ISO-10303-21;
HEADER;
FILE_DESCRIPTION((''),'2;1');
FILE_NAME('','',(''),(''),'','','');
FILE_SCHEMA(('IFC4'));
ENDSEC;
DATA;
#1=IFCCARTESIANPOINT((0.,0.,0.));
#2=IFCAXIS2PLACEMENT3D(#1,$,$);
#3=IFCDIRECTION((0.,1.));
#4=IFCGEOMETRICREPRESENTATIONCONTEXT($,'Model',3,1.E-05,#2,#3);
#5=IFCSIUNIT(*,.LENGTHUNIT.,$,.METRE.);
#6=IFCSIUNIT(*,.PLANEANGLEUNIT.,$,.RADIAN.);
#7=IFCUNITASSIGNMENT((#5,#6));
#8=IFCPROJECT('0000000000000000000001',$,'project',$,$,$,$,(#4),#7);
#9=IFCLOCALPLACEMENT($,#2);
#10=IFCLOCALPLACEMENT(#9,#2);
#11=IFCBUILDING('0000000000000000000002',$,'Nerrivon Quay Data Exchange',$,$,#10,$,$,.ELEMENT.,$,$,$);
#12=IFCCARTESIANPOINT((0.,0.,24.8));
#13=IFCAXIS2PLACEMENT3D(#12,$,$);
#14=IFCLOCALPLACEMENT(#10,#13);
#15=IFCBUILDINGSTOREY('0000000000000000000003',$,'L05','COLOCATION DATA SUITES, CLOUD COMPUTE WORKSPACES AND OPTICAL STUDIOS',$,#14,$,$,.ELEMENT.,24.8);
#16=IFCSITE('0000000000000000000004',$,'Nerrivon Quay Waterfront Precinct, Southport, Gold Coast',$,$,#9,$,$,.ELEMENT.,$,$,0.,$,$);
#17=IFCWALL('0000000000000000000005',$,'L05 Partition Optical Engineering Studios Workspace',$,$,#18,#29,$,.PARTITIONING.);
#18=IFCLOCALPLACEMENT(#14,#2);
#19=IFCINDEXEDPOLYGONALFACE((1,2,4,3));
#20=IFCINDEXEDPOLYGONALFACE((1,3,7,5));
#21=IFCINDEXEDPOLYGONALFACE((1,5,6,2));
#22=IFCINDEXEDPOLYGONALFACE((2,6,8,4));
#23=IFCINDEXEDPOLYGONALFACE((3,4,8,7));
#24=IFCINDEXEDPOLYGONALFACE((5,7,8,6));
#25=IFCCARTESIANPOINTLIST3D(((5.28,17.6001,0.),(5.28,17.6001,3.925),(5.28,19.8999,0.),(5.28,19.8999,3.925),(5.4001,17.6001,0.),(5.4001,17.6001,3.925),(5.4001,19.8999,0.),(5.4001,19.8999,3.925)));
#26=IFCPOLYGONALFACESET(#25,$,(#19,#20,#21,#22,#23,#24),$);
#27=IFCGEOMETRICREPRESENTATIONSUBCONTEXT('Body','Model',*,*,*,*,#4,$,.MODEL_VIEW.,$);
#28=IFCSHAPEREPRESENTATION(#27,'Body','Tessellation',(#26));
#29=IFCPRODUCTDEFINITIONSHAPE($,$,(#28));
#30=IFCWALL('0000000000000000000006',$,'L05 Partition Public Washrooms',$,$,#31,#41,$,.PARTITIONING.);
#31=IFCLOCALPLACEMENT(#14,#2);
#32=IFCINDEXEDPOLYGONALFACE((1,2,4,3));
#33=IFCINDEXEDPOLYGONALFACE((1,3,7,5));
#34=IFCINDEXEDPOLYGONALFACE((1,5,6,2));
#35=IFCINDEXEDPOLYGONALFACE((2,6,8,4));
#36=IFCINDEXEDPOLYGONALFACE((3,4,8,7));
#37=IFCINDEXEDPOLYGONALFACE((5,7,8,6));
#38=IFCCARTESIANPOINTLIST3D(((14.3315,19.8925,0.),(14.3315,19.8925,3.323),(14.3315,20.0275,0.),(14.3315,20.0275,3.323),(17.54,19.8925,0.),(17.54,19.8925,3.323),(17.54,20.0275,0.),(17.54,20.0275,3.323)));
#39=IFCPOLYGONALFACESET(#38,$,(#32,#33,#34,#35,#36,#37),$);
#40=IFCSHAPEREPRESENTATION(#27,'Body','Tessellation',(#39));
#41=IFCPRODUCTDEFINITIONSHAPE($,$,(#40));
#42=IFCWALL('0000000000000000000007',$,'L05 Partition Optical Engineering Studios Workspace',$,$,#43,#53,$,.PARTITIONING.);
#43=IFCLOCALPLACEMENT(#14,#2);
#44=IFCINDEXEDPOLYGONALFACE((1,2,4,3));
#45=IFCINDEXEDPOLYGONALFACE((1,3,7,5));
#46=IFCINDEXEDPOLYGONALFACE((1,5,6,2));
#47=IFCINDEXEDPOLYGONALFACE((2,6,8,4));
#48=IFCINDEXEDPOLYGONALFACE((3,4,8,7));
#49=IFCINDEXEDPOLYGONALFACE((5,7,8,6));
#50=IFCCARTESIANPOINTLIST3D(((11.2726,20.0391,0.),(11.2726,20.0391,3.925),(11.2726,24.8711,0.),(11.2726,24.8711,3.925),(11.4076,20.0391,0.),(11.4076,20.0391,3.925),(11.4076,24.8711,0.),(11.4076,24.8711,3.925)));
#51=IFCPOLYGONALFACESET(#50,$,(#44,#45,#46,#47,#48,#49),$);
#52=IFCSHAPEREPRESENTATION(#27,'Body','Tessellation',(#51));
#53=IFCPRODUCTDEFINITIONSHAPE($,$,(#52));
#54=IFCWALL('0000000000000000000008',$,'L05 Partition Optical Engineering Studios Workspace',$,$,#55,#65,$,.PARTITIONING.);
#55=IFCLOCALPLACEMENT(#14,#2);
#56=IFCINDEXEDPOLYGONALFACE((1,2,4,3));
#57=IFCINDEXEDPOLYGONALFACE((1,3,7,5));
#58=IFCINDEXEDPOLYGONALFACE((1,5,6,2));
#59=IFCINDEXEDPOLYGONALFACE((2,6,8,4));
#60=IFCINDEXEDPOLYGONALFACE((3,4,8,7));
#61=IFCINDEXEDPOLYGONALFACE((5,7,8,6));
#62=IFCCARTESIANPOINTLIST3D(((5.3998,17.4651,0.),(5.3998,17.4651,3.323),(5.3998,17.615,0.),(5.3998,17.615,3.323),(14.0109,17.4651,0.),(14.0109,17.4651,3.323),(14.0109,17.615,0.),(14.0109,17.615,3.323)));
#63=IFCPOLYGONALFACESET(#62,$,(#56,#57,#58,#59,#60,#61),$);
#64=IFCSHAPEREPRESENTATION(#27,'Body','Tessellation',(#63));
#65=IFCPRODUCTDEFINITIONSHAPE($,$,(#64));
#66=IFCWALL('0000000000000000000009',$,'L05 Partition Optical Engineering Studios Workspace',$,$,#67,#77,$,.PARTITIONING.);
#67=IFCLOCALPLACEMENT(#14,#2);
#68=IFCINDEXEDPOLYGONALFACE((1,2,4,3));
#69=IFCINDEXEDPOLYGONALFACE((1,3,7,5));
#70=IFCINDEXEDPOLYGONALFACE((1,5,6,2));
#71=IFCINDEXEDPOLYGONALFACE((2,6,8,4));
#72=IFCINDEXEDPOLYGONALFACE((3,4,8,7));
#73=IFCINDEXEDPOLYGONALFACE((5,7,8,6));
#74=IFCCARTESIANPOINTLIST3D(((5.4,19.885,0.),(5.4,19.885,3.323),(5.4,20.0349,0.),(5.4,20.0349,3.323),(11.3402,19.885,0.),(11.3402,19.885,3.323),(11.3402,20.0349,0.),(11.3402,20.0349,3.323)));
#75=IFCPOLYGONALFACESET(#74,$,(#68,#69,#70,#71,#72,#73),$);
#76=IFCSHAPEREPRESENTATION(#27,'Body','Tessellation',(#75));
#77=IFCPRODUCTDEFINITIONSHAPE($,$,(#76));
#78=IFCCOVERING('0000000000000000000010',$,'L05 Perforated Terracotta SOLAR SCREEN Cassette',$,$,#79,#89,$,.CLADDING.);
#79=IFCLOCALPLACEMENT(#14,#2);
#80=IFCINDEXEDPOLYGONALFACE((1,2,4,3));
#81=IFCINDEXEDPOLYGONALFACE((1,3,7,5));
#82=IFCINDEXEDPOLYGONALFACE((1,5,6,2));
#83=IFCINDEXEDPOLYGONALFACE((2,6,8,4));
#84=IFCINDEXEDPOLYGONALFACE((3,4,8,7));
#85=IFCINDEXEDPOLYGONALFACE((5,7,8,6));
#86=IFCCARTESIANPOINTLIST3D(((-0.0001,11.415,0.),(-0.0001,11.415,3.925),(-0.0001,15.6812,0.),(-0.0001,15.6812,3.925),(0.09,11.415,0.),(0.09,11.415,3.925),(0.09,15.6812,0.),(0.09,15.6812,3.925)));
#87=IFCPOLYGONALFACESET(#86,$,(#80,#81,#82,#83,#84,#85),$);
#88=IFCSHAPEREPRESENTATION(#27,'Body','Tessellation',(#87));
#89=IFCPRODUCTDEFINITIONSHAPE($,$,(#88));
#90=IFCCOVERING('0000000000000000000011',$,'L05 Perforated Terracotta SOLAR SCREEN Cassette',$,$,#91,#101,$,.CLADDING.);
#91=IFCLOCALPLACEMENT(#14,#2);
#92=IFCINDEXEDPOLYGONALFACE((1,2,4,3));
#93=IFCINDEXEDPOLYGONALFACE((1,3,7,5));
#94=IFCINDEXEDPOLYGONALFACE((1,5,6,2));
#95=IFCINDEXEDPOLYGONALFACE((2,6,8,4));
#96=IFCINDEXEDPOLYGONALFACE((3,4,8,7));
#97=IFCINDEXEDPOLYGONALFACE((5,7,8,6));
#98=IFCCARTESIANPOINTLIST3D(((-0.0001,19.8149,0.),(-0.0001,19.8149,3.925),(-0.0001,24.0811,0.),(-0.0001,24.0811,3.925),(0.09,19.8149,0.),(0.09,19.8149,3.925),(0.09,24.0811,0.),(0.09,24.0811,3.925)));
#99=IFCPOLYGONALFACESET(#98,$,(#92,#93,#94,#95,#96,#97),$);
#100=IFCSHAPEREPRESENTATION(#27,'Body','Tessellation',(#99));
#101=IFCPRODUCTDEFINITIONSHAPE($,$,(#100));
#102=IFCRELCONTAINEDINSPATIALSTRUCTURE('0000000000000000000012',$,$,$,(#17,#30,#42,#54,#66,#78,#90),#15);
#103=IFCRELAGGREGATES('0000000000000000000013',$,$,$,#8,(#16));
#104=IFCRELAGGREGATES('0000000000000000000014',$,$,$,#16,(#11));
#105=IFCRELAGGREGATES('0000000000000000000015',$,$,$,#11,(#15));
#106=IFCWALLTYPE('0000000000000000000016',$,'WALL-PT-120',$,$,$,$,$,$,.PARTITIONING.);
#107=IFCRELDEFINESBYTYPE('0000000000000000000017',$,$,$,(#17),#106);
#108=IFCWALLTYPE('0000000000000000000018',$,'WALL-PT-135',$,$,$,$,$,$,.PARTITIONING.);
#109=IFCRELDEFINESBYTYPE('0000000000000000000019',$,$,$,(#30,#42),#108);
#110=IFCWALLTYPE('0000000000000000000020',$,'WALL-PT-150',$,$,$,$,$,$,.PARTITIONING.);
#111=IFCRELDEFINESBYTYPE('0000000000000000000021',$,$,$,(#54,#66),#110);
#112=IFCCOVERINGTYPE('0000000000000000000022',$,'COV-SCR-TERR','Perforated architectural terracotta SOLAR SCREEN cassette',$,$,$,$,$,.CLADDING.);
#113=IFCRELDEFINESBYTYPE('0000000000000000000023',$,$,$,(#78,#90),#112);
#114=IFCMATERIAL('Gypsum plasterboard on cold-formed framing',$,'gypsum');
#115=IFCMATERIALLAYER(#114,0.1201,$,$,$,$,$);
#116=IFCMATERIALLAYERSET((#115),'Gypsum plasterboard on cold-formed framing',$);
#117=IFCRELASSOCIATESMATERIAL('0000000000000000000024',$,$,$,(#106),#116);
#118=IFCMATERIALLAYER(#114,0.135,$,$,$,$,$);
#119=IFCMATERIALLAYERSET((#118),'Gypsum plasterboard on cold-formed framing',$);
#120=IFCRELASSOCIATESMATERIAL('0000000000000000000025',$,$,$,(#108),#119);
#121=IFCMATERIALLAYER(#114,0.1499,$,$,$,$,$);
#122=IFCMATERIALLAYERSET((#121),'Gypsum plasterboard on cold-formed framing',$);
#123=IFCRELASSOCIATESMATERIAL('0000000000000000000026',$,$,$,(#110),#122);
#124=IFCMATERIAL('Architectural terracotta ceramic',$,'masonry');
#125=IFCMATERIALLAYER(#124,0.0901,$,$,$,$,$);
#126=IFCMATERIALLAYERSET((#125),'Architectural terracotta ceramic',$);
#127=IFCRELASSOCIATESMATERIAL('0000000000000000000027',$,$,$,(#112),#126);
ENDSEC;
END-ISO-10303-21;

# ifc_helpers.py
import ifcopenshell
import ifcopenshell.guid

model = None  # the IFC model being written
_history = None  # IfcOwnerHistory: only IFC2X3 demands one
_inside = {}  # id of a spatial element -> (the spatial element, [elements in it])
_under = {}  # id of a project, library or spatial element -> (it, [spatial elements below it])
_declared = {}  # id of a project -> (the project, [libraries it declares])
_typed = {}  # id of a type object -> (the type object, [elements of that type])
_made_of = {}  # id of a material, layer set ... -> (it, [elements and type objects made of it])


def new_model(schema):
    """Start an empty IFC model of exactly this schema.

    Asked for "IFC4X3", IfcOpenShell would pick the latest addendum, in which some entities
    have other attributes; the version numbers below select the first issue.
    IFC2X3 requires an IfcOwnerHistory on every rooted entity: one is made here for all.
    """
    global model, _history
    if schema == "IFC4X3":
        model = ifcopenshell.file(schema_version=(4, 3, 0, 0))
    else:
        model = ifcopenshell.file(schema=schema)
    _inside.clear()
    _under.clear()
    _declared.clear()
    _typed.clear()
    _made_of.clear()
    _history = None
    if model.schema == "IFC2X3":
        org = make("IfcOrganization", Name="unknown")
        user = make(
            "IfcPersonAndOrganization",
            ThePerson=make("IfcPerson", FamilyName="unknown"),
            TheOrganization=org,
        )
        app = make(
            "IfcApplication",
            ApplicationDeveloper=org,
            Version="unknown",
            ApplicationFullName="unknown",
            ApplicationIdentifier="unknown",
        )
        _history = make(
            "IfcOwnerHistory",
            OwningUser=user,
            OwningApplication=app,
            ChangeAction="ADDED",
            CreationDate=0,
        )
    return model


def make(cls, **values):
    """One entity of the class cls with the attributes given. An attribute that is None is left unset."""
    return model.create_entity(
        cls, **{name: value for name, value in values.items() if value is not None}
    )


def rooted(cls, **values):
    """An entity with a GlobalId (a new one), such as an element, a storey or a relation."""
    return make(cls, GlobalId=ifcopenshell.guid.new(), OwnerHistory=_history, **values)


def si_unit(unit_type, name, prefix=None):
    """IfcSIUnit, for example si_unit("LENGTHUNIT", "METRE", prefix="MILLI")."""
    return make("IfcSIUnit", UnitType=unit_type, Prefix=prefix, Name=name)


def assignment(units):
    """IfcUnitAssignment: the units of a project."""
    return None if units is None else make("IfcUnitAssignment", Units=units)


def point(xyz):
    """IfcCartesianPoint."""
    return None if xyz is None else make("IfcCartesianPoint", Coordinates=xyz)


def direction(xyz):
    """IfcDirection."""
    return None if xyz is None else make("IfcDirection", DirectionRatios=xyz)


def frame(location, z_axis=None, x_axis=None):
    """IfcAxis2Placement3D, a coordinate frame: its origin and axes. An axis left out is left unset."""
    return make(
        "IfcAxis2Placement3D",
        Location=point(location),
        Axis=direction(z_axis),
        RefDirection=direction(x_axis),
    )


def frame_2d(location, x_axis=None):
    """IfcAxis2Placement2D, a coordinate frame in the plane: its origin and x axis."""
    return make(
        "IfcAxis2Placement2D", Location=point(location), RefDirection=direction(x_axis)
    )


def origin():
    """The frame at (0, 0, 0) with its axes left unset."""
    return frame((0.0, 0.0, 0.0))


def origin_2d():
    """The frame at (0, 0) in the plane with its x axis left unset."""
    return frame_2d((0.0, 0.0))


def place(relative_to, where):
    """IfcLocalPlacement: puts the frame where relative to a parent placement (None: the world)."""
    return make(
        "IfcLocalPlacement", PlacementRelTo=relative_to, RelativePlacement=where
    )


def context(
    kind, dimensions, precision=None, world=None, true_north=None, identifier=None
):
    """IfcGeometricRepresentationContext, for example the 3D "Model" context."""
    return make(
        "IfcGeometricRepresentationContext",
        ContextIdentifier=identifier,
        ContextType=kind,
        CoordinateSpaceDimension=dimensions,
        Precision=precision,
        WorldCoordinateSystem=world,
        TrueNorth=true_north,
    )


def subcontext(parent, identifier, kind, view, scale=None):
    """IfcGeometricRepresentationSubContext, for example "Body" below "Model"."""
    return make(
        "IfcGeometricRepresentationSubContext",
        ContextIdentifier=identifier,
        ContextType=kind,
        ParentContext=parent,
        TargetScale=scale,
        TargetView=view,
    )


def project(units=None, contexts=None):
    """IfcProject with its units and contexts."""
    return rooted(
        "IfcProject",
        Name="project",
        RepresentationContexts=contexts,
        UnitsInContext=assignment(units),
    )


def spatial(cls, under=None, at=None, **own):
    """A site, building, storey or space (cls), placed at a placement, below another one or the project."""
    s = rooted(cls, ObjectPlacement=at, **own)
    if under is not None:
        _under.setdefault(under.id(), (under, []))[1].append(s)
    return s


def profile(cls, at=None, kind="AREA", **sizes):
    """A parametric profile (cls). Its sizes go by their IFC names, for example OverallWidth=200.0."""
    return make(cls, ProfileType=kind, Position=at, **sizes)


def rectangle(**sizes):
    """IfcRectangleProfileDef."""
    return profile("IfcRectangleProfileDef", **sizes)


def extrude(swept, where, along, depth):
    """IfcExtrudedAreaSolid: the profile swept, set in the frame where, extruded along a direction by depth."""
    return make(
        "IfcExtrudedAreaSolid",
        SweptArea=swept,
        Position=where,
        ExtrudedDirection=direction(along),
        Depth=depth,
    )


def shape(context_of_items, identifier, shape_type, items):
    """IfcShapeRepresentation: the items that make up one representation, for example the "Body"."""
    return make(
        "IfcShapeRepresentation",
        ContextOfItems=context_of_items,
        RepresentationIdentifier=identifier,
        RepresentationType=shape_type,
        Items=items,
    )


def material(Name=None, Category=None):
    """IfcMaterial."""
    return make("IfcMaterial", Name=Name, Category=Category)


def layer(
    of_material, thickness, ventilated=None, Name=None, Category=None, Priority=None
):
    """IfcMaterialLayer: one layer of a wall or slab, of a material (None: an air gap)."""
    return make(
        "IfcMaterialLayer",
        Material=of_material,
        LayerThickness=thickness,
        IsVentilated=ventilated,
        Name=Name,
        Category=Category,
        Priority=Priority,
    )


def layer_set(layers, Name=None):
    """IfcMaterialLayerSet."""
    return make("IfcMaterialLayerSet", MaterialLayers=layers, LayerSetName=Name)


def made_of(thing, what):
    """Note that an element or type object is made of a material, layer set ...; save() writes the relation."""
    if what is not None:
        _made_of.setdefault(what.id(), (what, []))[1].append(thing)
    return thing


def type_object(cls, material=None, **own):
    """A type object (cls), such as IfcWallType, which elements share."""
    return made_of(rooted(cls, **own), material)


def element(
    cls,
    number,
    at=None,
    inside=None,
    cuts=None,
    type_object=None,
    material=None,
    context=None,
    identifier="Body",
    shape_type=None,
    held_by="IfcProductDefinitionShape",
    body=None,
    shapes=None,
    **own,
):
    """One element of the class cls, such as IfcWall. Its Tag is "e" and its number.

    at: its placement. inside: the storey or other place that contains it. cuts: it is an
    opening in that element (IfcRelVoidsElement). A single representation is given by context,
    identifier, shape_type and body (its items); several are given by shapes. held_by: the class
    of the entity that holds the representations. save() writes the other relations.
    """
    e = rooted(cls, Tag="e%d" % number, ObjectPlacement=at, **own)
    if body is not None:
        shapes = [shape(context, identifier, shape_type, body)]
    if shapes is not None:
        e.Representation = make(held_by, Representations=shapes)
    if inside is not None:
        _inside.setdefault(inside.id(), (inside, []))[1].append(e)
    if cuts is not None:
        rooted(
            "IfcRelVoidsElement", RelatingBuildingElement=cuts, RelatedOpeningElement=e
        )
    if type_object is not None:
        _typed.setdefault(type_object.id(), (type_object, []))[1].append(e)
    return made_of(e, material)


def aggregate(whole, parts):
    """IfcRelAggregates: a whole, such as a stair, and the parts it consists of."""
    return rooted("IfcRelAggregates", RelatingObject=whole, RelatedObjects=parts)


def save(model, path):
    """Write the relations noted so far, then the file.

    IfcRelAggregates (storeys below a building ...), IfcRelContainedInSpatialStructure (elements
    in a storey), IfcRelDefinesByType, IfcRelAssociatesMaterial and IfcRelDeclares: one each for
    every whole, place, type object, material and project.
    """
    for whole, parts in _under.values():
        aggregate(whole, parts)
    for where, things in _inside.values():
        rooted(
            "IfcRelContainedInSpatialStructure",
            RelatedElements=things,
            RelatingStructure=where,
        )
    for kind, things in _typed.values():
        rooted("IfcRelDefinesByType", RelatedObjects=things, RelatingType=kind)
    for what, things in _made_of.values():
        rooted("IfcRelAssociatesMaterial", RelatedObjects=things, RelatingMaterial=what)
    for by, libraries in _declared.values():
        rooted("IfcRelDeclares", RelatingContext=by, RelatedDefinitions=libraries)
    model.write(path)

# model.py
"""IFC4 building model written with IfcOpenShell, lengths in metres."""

from ifc_helpers import new_model, si_unit, direction, frame, frame_2d, origin, origin_2d, place, context, subcontext, project, spatial, rectangle, extrude, material, layer, layer_set, type_object, element, save


model = new_model("IFC4")

# Units and contexts
model_context = context("Model", 3, precision=1e-05, world=origin(), true_north=direction((0.0, 1.0)))
body_context = subcontext(model_context, "Body", "Model", "MODEL_VIEW")
ifc_project = project(units=[si_unit("LENGTHUNIT", "METRE"), si_unit("PLANEANGLEUNIT", "RADIAN")], contexts=[model_context])

# Site, building, storey
site_placement = place(None, origin())
site = spatial("IfcSite", under=ifc_project, at=site_placement, Name="Nerrivon Quay Waterfront Precinct, Southport, Gold Coast", CompositionType="ELEMENT", RefElevation=0.0)
building_placement = place(site_placement, origin())
building = spatial("IfcBuilding", under=site, at=building_placement, Name="Nerrivon Quay Data Exchange", CompositionType="ELEMENT")
storey_placement = place(building_placement, frame((0.0, 0.0, 24.8)))
storey = spatial("IfcBuildingStorey", under=building, at=storey_placement, Name="L05", Description="COLOCATION DATA SUITES, CLOUD COMPUTE WORKSPACES AND OPTICAL STUDIOS", CompositionType="ELEMENT", Elevation=24.8)

# Walls
ifc_material_1 = material(Name="Gypsum plasterboard on cold-formed framing", Category="gypsum")
ifc_layer_1 = layer(ifc_material_1, 0.1201)
ifc_layer_set_1 = layer_set([ifc_layer_1], Name="Gypsum plasterboard on cold-formed framing")
wall_type_1 = type_object("IfcWallType", Name="WALL-PT-120", PredefinedType="PARTITIONING", material=ifc_layer_set_1)
wall_1_placement = place(storey_placement, frame((5.3401, 17.6001, 0.0), z_axis=(0.0, 0.0, 1.0), x_axis=(0.0, 1.0, 0.0)))
element("IfcWall", 1, at=wall_1_placement, inside=storey, type_object=wall_type_1, Name="L05 Partition Optical Engineering Studios Workspace", PredefinedType="PARTITIONING", context=body_context, shape_type="SweptSolid", body=[
    extrude(rectangle(XDim=2.2998, YDim=0.1201, at=frame_2d((1.1499, 0.0))), origin(), (0.0, 0.0, 1.0), 3.925),
])
ifc_layer_2 = layer(ifc_material_1, 0.135)
ifc_layer_set_2 = layer_set([ifc_layer_2], Name="Gypsum plasterboard on cold-formed framing")
wall_type_2 = type_object("IfcWallType", Name="WALL-PT-135", PredefinedType="PARTITIONING", material=ifc_layer_set_2)
wall_2_placement = place(storey_placement, frame((14.3315, 19.96, 0.0), z_axis=(0.0, 0.0, 1.0), x_axis=(1.0, 0.0, 0.0)))
element("IfcWall", 2, at=wall_2_placement, inside=storey, type_object=wall_type_2, Name="L05 Partition Public Washrooms", PredefinedType="PARTITIONING", context=body_context, shape_type="SweptSolid", body=[
    extrude(rectangle(XDim=3.2085, YDim=0.135, at=frame_2d((1.6042, 0.0))), origin(), (0.0, 0.0, 1.0), 3.323),
])
wall_3_placement = place(storey_placement, frame((11.3401, 20.0391, 0.0), z_axis=(0.0, 0.0, 1.0), x_axis=(0.0, 1.0, 0.0)))
element("IfcWall", 3, at=wall_3_placement, inside=storey, type_object=wall_type_2, Name="L05 Partition Optical Engineering Studios Workspace", PredefinedType="PARTITIONING", context=body_context, shape_type="SweptSolid", body=[
    extrude(rectangle(XDim=4.832, YDim=0.135, at=frame_2d((2.416, 0.0))), origin(), (0.0, 0.0, 1.0), 3.925),
])
ifc_layer_3 = layer(ifc_material_1, 0.1499)
ifc_layer_set_3 = layer_set([ifc_layer_3], Name="Gypsum plasterboard on cold-formed framing")
wall_type_3 = type_object("IfcWallType", Name="WALL-PT-150", PredefinedType="PARTITIONING", material=ifc_layer_set_3)
wall_4_placement = place(storey_placement, frame((14.011, 17.54, 0.0), z_axis=(0.0, 0.0, 1.0), x_axis=(-1.0, 0.0, 0.0)))
element("IfcWall", 4, at=wall_4_placement, inside=storey, type_object=wall_type_3, Name="L05 Partition Optical Engineering Studios Workspace", PredefinedType="PARTITIONING", context=body_context, shape_type="SweptSolid", body=[
    extrude(rectangle(XDim=8.6111, YDim=0.1499, at=frame_2d((4.3057, 0.0))), origin(), (0.0, 0.0, 1.0), 3.323),
])
wall_5_placement = place(storey_placement, frame((5.3999, 19.96, 0.0), z_axis=(0.0, 0.0, 1.0), x_axis=(1.0, 0.0, 0.0)))
element("IfcWall", 5, at=wall_5_placement, inside=storey, type_object=wall_type_3, Name="L05 Partition Optical Engineering Studios Workspace", PredefinedType="PARTITIONING", context=body_context, shape_type="SweptSolid", body=[
    extrude(rectangle(XDim=5.9402, YDim=0.1499, at=frame_2d((2.9702, 0.0))), origin(), (0.0, 0.0, 1.0), 3.323),
])

# Coverings
ifc_material_2 = material(Name="Architectural terracotta ceramic", Category="masonry")
ifc_layer_4 = layer(ifc_material_2, 0.0901)
ifc_layer_set_4 = layer_set([ifc_layer_4], Name="Architectural terracotta ceramic")
covering_type = type_object("IfcCoveringType", Name="COV-SCR-TERR", Description="Perforated architectural terracotta SOLAR SCREEN cassette", PredefinedType="CLADDING", material=ifc_layer_set_4)
for number, where, z_axis, x_axis, name in (
    (6, (0.0449, 13.5481, 0.0), (0.0, 0.0, 1.0), (0.0, 1.0, 0.0), "L05 Perforated Terracotta SOLAR SCREEN Cassette"),
    (7, (0.0449, 21.948, 0.0), (0.0, 0.0, 1.0), (0.0, 1.0, 0.0), "L05 Perforated Terracotta SOLAR SCREEN Cassette"),
):
    element("IfcCovering", number, at=place(storey_placement, frame(where, z_axis=z_axis, x_axis=x_axis)), inside=storey, type_object=covering_type, Name=name, PredefinedType="CLADDING", context=body_context, shape_type="SweptSolid", body=[
        extrude(rectangle(XDim=4.2661, YDim=0.0901, at=origin_2d()), origin(), (0.0, 0.0, 1.0), 3.925),
    ])

save(model, "model.ifc")
